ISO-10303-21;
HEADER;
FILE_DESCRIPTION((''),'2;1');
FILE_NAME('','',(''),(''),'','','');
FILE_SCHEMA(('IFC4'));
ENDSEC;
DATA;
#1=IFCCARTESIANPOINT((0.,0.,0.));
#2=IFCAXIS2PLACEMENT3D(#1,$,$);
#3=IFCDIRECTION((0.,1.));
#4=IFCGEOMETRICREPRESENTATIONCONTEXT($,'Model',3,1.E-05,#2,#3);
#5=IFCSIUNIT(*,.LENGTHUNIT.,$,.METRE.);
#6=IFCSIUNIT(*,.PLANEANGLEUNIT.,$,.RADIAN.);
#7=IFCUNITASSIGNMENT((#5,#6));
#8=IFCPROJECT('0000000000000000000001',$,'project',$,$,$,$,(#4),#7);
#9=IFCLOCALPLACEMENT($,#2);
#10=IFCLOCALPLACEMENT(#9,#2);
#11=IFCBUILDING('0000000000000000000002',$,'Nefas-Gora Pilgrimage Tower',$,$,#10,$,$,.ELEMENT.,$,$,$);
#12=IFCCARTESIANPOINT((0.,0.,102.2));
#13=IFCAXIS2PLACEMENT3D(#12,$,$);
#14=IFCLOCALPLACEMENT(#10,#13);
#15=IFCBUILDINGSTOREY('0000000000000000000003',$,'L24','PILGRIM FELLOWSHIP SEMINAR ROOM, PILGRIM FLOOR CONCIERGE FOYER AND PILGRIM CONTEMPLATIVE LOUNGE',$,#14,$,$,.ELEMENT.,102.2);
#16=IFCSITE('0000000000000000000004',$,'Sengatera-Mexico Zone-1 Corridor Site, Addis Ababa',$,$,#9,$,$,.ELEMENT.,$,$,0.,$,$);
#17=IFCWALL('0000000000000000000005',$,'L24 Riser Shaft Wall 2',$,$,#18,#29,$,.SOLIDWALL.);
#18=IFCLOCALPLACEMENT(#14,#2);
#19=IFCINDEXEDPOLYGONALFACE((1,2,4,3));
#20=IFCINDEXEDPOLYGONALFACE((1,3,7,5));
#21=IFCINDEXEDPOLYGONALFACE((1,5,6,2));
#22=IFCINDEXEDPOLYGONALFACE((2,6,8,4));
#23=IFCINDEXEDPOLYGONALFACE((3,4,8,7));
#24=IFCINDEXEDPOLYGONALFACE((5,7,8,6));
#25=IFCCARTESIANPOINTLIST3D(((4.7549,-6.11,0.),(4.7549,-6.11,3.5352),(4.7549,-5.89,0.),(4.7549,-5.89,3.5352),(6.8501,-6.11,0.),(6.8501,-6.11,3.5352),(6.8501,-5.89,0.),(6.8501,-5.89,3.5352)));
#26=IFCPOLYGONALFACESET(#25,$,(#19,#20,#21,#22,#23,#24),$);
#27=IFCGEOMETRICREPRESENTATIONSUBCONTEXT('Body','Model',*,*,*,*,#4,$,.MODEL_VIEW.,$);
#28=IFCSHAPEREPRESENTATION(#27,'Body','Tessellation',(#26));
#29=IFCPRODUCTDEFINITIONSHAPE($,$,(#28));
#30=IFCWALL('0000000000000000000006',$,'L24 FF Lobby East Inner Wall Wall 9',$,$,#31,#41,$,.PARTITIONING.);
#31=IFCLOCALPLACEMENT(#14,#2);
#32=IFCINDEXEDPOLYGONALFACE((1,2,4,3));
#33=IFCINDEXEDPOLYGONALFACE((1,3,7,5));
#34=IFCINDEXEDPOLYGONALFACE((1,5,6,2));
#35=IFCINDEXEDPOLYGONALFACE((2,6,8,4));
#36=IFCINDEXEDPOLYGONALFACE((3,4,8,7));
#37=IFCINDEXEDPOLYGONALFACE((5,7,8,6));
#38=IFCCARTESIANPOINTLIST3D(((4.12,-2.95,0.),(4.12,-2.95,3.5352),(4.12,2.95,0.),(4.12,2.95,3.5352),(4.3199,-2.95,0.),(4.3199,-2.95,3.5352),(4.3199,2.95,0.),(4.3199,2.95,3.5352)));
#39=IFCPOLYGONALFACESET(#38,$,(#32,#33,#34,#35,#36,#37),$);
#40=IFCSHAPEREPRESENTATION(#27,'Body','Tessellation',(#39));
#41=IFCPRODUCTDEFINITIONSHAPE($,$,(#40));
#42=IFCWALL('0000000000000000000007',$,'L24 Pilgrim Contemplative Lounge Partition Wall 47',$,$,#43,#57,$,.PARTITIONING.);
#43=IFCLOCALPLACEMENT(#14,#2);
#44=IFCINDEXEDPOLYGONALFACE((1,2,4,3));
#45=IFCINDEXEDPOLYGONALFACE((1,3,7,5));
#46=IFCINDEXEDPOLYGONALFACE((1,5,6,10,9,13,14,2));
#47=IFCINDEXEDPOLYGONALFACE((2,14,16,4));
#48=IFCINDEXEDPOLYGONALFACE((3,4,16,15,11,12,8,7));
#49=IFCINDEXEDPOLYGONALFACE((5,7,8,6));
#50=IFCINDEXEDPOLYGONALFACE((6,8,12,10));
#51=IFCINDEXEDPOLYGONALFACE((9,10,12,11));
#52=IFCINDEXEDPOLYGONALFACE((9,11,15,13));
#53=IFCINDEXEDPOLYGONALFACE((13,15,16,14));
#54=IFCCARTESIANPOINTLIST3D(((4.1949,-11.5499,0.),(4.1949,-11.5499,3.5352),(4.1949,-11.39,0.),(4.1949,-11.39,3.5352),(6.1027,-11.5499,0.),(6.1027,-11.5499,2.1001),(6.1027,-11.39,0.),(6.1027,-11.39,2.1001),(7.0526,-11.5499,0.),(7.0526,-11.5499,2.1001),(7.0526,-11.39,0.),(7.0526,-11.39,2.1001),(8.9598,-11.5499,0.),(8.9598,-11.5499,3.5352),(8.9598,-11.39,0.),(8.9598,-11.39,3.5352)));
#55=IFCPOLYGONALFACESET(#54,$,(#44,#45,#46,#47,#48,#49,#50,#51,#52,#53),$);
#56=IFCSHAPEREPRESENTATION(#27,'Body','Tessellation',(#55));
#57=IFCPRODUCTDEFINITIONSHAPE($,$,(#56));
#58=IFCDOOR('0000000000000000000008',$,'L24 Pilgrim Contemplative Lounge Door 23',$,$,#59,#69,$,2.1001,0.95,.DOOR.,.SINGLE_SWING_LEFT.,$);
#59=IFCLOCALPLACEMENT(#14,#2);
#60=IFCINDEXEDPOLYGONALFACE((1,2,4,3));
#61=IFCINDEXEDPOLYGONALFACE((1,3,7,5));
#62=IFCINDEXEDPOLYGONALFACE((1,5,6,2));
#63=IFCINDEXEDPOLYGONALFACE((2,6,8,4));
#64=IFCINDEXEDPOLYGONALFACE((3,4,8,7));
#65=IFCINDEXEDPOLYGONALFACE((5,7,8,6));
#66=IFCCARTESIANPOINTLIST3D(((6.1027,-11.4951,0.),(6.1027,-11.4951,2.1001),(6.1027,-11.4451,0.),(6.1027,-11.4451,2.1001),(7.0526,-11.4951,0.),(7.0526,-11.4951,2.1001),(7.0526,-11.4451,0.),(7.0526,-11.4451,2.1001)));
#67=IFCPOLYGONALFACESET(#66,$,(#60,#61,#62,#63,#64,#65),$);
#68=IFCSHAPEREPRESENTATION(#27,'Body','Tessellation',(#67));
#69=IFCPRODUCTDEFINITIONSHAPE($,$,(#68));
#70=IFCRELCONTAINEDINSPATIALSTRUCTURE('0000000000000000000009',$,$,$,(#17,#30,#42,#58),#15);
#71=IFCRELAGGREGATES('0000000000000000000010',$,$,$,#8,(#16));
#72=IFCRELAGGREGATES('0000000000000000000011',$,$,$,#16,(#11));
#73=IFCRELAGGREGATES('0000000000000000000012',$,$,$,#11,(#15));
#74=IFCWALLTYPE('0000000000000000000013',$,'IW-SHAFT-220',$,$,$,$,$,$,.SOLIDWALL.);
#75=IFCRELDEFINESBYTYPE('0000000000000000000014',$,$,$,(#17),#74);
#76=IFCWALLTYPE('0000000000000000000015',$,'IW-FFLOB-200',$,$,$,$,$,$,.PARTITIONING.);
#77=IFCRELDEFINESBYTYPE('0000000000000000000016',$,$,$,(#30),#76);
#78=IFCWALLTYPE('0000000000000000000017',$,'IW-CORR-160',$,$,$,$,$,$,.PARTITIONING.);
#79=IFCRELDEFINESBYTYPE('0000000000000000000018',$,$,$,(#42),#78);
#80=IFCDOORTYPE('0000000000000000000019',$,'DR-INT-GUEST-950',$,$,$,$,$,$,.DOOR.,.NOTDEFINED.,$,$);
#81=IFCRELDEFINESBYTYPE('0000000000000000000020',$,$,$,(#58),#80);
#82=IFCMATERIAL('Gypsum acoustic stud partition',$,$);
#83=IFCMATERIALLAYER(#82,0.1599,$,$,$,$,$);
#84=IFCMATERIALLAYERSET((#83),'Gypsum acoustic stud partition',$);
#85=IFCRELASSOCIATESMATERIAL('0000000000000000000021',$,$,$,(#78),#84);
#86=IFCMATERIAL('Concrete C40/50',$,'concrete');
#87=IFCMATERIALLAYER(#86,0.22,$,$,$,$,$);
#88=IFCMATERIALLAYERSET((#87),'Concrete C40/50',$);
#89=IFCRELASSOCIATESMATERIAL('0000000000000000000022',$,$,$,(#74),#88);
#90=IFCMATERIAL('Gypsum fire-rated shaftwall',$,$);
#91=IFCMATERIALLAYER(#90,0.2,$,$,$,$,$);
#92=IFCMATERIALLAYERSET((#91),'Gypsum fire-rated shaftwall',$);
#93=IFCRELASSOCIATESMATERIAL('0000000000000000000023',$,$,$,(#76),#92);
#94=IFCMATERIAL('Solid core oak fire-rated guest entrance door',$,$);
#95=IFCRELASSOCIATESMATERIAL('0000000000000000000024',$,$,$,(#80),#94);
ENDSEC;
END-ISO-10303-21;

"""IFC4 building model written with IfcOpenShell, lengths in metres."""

from ifc_helpers import new_model, si_unit, direction, frame, frame_2d, origin, place, context, subcontext, project, spatial, rectangle, extrude, source, transform, mapped, material, layer, layer_set, type_object, element, fill, save


model = new_model("IFC4")

# Units and contexts
model_context = context("Model", 3, precision=1e-05, world=origin(), true_north=direction((0.0, 1.0)))
body_context = subcontext(model_context, "Body", "Model", "MODEL_VIEW")
ifc_project = project(units=[si_unit("LENGTHUNIT", "METRE"), si_unit("PLANEANGLEUNIT", "RADIAN")], contexts=[model_context])

# Site, building, storey
site_placement = place(None, origin())
site = spatial("IfcSite", under=ifc_project, at=site_placement, Name="Sengatera-Mexico Zone-1 Corridor Site, Addis Ababa", CompositionType="ELEMENT", RefElevation=0.0)
building_placement = place(site_placement, origin())
building = spatial("IfcBuilding", under=site, at=building_placement, Name="Nefas-Gora Pilgrimage Tower", CompositionType="ELEMENT")
storey_placement = place(building_placement, frame((0.0, 0.0, 102.2)))
storey = spatial("IfcBuildingStorey", under=building, at=storey_placement, Name="L24", Description="PILGRIM FELLOWSHIP SEMINAR ROOM, PILGRIM FLOOR CONCIERGE FOYER AND PILGRIM CONTEMPLATIVE LOUNGE", CompositionType="ELEMENT", Elevation=102.2)

# Shared definitions
ifc_material_1 = material(Name="Gypsum acoustic stud partition")
ifc_layer_1 = layer(ifc_material_1, 0.1599)
ifc_layer_set_1 = layer_set([ifc_layer_1], Name="Gypsum acoustic stud partition")
wall_type_1 = type_object("IfcWallType", Name="IW-CORR-160", PredefinedType="PARTITIONING", material=ifc_layer_set_1)

# Shared definitions
ifc_material_2 = material(Name="Concrete C40/50", Category="concrete")
ifc_layer_2 = layer(ifc_material_2, 0.22)
ifc_layer_set_2 = layer_set([ifc_layer_2], Name="Concrete C40/50")
wall_type_2 = type_object("IfcWallType", Name="IW-SHAFT-220", PredefinedType="SOLIDWALL", material=ifc_layer_set_2)

# Walls
shared_shape_1 = source(origin(), body_context, "Body", "SweptSolid", [
    extrude(rectangle(XDim=2.0952, YDim=0.22, at=frame_2d((1.0476, 0.0))), origin(), (0.0, 0.0, 1.0), 3.5352),
])
wall_1_placement = place(storey_placement, frame((4.7549, -6.0, 0.0), z_axis=(0.0, 0.0, 1.0), x_axis=(1.0, 0.0, 0.0)))
element("IfcWall", 1, at=wall_1_placement, inside=storey, type_object=wall_type_2, Name="L24 Riser Shaft Wall 2", PredefinedType="SOLIDWALL", context=body_context, shape_type="MappedRepresentation", body=[
    mapped(shared_shape_1, transform((0.0, 0.0, 0.0), x_axis=(1.0, 0.0, 0.0), y_axis=(0.0, 1.0, 0.0), z_axis=(0.0, 0.0, 1.0), scale=1.0)),
])
ifc_material_3 = material(Name="Gypsum fire-rated shaftwall")
ifc_layer_3 = layer(ifc_material_3, 0.2)
ifc_layer_set_3 = layer_set([ifc_layer_3], Name="Gypsum fire-rated shaftwall")
wall_type_3 = type_object("IfcWallType", Name="IW-FFLOB-200", PredefinedType="PARTITIONING", material=ifc_layer_set_3)
shared_shape_2 = source(origin(), body_context, "Body", "SweptSolid", [
    extrude(rectangle(XDim=5.8999, YDim=0.2, at=frame_2d((2.95, 0.0))), origin(), (0.0, 0.0, 1.0), 3.5352),
])
wall_2_placement = place(storey_placement, frame((4.22, -2.95, 0.0), z_axis=(0.0, 0.0, 1.0), x_axis=(0.0, 1.0, 0.0)))
element("IfcWall", 2, at=wall_2_placement, inside=storey, type_object=wall_type_3, Name="L24 FF Lobby East Inner Wall Wall 9", PredefinedType="PARTITIONING", context=body_context, shape_type="MappedRepresentation", body=[
    mapped(shared_shape_2, transform((0.0, 0.0, 0.0), x_axis=(1.0, 0.0, 0.0), y_axis=(0.0, 1.0, 0.0), z_axis=(0.0, 0.0, 1.0), scale=1.0)),
])

# Wall, opening, door
shared_shape_3 = source(origin(), body_context, "Body", "SweptSolid", [
    extrude(rectangle(XDim=4.7649, YDim=0.1599, at=frame_2d((2.3823, 0.0))), origin(), (0.0, 0.0, 1.0), 3.5352),
])
wall_3_placement = place(storey_placement, frame((4.1951, -11.47, 0.0), z_axis=(0.0, 0.0, 1.0), x_axis=(1.0, 0.0, 0.0)))
wall_3 = element("IfcWall", 3, at=wall_3_placement, inside=storey, type_object=wall_type_1, Name="L24 Pilgrim Contemplative Lounge Partition Wall 47", PredefinedType="PARTITIONING", context=body_context, shape_type="MappedRepresentation", body=[
    mapped(shared_shape_3, transform((0.0, 0.0, 0.0), x_axis=(1.0, 0.0, 0.0), y_axis=(0.0, 1.0, 0.0), z_axis=(0.0, 0.0, 1.0), scale=1.0)),
])
opening_1_placement = place(wall_3_placement, frame((1.9075, 0.0, 0.0)))
opening_1 = element("IfcOpeningElement", 4, at=opening_1_placement, cuts=wall_3, PredefinedType="OPENING", context=body_context, shape_type="SweptSolid", body=[
    extrude(rectangle(XDim=0.95, YDim=2.1001, at=frame_2d((0.4751, 1.05))), frame((0.0, 0.0898, 0.0), z_axis=(0.0, -1.0, 0.0), x_axis=(1.0, 0.0, 0.0)), (0.0, 0.0, 1.0), 0.1799),
])
ifc_material_4 = material(Name="Solid core oak fire-rated guest entrance door")
door_type_1 = type_object("IfcDoorType", Name="DR-INT-GUEST-950", OperationType="NOTDEFINED", PredefinedType="DOOR", material=ifc_material_4)
shared_shape_4 = source(origin(), body_context, "Body", "SweptSolid", [
    extrude(rectangle(XDim=0.95, YDim=2.1001, at=frame_2d((0.4751, 1.05))), frame((0.0, 0.0249, 0.0), z_axis=(0.0, -1.0, 0.0), x_axis=(1.0, 0.0, 0.0)), (0.0, 0.0, 1.0), 0.05),
])
door_1_placement = place(opening_1_placement, origin())
door_1 = element("IfcDoor", 5, at=door_1_placement, inside=storey, type_object=door_type_1, Name="L24 Pilgrim Contemplative Lounge Door 23", OperationType="SINGLE_SWING_LEFT", OverallHeight=2.1001, OverallWidth=0.95, PredefinedType="DOOR", context=body_context, shape_type="MappedRepresentation", body=[
    mapped(shared_shape_4, transform((0.0, 0.0, 0.0), x_axis=(1.0, 0.0, 0.0), y_axis=(0.0, 1.0, 0.0), z_axis=(0.0, 0.0, 1.0), scale=1.0)),
])
fill(opening_1, door_1)

save(model, "model.ifc")
